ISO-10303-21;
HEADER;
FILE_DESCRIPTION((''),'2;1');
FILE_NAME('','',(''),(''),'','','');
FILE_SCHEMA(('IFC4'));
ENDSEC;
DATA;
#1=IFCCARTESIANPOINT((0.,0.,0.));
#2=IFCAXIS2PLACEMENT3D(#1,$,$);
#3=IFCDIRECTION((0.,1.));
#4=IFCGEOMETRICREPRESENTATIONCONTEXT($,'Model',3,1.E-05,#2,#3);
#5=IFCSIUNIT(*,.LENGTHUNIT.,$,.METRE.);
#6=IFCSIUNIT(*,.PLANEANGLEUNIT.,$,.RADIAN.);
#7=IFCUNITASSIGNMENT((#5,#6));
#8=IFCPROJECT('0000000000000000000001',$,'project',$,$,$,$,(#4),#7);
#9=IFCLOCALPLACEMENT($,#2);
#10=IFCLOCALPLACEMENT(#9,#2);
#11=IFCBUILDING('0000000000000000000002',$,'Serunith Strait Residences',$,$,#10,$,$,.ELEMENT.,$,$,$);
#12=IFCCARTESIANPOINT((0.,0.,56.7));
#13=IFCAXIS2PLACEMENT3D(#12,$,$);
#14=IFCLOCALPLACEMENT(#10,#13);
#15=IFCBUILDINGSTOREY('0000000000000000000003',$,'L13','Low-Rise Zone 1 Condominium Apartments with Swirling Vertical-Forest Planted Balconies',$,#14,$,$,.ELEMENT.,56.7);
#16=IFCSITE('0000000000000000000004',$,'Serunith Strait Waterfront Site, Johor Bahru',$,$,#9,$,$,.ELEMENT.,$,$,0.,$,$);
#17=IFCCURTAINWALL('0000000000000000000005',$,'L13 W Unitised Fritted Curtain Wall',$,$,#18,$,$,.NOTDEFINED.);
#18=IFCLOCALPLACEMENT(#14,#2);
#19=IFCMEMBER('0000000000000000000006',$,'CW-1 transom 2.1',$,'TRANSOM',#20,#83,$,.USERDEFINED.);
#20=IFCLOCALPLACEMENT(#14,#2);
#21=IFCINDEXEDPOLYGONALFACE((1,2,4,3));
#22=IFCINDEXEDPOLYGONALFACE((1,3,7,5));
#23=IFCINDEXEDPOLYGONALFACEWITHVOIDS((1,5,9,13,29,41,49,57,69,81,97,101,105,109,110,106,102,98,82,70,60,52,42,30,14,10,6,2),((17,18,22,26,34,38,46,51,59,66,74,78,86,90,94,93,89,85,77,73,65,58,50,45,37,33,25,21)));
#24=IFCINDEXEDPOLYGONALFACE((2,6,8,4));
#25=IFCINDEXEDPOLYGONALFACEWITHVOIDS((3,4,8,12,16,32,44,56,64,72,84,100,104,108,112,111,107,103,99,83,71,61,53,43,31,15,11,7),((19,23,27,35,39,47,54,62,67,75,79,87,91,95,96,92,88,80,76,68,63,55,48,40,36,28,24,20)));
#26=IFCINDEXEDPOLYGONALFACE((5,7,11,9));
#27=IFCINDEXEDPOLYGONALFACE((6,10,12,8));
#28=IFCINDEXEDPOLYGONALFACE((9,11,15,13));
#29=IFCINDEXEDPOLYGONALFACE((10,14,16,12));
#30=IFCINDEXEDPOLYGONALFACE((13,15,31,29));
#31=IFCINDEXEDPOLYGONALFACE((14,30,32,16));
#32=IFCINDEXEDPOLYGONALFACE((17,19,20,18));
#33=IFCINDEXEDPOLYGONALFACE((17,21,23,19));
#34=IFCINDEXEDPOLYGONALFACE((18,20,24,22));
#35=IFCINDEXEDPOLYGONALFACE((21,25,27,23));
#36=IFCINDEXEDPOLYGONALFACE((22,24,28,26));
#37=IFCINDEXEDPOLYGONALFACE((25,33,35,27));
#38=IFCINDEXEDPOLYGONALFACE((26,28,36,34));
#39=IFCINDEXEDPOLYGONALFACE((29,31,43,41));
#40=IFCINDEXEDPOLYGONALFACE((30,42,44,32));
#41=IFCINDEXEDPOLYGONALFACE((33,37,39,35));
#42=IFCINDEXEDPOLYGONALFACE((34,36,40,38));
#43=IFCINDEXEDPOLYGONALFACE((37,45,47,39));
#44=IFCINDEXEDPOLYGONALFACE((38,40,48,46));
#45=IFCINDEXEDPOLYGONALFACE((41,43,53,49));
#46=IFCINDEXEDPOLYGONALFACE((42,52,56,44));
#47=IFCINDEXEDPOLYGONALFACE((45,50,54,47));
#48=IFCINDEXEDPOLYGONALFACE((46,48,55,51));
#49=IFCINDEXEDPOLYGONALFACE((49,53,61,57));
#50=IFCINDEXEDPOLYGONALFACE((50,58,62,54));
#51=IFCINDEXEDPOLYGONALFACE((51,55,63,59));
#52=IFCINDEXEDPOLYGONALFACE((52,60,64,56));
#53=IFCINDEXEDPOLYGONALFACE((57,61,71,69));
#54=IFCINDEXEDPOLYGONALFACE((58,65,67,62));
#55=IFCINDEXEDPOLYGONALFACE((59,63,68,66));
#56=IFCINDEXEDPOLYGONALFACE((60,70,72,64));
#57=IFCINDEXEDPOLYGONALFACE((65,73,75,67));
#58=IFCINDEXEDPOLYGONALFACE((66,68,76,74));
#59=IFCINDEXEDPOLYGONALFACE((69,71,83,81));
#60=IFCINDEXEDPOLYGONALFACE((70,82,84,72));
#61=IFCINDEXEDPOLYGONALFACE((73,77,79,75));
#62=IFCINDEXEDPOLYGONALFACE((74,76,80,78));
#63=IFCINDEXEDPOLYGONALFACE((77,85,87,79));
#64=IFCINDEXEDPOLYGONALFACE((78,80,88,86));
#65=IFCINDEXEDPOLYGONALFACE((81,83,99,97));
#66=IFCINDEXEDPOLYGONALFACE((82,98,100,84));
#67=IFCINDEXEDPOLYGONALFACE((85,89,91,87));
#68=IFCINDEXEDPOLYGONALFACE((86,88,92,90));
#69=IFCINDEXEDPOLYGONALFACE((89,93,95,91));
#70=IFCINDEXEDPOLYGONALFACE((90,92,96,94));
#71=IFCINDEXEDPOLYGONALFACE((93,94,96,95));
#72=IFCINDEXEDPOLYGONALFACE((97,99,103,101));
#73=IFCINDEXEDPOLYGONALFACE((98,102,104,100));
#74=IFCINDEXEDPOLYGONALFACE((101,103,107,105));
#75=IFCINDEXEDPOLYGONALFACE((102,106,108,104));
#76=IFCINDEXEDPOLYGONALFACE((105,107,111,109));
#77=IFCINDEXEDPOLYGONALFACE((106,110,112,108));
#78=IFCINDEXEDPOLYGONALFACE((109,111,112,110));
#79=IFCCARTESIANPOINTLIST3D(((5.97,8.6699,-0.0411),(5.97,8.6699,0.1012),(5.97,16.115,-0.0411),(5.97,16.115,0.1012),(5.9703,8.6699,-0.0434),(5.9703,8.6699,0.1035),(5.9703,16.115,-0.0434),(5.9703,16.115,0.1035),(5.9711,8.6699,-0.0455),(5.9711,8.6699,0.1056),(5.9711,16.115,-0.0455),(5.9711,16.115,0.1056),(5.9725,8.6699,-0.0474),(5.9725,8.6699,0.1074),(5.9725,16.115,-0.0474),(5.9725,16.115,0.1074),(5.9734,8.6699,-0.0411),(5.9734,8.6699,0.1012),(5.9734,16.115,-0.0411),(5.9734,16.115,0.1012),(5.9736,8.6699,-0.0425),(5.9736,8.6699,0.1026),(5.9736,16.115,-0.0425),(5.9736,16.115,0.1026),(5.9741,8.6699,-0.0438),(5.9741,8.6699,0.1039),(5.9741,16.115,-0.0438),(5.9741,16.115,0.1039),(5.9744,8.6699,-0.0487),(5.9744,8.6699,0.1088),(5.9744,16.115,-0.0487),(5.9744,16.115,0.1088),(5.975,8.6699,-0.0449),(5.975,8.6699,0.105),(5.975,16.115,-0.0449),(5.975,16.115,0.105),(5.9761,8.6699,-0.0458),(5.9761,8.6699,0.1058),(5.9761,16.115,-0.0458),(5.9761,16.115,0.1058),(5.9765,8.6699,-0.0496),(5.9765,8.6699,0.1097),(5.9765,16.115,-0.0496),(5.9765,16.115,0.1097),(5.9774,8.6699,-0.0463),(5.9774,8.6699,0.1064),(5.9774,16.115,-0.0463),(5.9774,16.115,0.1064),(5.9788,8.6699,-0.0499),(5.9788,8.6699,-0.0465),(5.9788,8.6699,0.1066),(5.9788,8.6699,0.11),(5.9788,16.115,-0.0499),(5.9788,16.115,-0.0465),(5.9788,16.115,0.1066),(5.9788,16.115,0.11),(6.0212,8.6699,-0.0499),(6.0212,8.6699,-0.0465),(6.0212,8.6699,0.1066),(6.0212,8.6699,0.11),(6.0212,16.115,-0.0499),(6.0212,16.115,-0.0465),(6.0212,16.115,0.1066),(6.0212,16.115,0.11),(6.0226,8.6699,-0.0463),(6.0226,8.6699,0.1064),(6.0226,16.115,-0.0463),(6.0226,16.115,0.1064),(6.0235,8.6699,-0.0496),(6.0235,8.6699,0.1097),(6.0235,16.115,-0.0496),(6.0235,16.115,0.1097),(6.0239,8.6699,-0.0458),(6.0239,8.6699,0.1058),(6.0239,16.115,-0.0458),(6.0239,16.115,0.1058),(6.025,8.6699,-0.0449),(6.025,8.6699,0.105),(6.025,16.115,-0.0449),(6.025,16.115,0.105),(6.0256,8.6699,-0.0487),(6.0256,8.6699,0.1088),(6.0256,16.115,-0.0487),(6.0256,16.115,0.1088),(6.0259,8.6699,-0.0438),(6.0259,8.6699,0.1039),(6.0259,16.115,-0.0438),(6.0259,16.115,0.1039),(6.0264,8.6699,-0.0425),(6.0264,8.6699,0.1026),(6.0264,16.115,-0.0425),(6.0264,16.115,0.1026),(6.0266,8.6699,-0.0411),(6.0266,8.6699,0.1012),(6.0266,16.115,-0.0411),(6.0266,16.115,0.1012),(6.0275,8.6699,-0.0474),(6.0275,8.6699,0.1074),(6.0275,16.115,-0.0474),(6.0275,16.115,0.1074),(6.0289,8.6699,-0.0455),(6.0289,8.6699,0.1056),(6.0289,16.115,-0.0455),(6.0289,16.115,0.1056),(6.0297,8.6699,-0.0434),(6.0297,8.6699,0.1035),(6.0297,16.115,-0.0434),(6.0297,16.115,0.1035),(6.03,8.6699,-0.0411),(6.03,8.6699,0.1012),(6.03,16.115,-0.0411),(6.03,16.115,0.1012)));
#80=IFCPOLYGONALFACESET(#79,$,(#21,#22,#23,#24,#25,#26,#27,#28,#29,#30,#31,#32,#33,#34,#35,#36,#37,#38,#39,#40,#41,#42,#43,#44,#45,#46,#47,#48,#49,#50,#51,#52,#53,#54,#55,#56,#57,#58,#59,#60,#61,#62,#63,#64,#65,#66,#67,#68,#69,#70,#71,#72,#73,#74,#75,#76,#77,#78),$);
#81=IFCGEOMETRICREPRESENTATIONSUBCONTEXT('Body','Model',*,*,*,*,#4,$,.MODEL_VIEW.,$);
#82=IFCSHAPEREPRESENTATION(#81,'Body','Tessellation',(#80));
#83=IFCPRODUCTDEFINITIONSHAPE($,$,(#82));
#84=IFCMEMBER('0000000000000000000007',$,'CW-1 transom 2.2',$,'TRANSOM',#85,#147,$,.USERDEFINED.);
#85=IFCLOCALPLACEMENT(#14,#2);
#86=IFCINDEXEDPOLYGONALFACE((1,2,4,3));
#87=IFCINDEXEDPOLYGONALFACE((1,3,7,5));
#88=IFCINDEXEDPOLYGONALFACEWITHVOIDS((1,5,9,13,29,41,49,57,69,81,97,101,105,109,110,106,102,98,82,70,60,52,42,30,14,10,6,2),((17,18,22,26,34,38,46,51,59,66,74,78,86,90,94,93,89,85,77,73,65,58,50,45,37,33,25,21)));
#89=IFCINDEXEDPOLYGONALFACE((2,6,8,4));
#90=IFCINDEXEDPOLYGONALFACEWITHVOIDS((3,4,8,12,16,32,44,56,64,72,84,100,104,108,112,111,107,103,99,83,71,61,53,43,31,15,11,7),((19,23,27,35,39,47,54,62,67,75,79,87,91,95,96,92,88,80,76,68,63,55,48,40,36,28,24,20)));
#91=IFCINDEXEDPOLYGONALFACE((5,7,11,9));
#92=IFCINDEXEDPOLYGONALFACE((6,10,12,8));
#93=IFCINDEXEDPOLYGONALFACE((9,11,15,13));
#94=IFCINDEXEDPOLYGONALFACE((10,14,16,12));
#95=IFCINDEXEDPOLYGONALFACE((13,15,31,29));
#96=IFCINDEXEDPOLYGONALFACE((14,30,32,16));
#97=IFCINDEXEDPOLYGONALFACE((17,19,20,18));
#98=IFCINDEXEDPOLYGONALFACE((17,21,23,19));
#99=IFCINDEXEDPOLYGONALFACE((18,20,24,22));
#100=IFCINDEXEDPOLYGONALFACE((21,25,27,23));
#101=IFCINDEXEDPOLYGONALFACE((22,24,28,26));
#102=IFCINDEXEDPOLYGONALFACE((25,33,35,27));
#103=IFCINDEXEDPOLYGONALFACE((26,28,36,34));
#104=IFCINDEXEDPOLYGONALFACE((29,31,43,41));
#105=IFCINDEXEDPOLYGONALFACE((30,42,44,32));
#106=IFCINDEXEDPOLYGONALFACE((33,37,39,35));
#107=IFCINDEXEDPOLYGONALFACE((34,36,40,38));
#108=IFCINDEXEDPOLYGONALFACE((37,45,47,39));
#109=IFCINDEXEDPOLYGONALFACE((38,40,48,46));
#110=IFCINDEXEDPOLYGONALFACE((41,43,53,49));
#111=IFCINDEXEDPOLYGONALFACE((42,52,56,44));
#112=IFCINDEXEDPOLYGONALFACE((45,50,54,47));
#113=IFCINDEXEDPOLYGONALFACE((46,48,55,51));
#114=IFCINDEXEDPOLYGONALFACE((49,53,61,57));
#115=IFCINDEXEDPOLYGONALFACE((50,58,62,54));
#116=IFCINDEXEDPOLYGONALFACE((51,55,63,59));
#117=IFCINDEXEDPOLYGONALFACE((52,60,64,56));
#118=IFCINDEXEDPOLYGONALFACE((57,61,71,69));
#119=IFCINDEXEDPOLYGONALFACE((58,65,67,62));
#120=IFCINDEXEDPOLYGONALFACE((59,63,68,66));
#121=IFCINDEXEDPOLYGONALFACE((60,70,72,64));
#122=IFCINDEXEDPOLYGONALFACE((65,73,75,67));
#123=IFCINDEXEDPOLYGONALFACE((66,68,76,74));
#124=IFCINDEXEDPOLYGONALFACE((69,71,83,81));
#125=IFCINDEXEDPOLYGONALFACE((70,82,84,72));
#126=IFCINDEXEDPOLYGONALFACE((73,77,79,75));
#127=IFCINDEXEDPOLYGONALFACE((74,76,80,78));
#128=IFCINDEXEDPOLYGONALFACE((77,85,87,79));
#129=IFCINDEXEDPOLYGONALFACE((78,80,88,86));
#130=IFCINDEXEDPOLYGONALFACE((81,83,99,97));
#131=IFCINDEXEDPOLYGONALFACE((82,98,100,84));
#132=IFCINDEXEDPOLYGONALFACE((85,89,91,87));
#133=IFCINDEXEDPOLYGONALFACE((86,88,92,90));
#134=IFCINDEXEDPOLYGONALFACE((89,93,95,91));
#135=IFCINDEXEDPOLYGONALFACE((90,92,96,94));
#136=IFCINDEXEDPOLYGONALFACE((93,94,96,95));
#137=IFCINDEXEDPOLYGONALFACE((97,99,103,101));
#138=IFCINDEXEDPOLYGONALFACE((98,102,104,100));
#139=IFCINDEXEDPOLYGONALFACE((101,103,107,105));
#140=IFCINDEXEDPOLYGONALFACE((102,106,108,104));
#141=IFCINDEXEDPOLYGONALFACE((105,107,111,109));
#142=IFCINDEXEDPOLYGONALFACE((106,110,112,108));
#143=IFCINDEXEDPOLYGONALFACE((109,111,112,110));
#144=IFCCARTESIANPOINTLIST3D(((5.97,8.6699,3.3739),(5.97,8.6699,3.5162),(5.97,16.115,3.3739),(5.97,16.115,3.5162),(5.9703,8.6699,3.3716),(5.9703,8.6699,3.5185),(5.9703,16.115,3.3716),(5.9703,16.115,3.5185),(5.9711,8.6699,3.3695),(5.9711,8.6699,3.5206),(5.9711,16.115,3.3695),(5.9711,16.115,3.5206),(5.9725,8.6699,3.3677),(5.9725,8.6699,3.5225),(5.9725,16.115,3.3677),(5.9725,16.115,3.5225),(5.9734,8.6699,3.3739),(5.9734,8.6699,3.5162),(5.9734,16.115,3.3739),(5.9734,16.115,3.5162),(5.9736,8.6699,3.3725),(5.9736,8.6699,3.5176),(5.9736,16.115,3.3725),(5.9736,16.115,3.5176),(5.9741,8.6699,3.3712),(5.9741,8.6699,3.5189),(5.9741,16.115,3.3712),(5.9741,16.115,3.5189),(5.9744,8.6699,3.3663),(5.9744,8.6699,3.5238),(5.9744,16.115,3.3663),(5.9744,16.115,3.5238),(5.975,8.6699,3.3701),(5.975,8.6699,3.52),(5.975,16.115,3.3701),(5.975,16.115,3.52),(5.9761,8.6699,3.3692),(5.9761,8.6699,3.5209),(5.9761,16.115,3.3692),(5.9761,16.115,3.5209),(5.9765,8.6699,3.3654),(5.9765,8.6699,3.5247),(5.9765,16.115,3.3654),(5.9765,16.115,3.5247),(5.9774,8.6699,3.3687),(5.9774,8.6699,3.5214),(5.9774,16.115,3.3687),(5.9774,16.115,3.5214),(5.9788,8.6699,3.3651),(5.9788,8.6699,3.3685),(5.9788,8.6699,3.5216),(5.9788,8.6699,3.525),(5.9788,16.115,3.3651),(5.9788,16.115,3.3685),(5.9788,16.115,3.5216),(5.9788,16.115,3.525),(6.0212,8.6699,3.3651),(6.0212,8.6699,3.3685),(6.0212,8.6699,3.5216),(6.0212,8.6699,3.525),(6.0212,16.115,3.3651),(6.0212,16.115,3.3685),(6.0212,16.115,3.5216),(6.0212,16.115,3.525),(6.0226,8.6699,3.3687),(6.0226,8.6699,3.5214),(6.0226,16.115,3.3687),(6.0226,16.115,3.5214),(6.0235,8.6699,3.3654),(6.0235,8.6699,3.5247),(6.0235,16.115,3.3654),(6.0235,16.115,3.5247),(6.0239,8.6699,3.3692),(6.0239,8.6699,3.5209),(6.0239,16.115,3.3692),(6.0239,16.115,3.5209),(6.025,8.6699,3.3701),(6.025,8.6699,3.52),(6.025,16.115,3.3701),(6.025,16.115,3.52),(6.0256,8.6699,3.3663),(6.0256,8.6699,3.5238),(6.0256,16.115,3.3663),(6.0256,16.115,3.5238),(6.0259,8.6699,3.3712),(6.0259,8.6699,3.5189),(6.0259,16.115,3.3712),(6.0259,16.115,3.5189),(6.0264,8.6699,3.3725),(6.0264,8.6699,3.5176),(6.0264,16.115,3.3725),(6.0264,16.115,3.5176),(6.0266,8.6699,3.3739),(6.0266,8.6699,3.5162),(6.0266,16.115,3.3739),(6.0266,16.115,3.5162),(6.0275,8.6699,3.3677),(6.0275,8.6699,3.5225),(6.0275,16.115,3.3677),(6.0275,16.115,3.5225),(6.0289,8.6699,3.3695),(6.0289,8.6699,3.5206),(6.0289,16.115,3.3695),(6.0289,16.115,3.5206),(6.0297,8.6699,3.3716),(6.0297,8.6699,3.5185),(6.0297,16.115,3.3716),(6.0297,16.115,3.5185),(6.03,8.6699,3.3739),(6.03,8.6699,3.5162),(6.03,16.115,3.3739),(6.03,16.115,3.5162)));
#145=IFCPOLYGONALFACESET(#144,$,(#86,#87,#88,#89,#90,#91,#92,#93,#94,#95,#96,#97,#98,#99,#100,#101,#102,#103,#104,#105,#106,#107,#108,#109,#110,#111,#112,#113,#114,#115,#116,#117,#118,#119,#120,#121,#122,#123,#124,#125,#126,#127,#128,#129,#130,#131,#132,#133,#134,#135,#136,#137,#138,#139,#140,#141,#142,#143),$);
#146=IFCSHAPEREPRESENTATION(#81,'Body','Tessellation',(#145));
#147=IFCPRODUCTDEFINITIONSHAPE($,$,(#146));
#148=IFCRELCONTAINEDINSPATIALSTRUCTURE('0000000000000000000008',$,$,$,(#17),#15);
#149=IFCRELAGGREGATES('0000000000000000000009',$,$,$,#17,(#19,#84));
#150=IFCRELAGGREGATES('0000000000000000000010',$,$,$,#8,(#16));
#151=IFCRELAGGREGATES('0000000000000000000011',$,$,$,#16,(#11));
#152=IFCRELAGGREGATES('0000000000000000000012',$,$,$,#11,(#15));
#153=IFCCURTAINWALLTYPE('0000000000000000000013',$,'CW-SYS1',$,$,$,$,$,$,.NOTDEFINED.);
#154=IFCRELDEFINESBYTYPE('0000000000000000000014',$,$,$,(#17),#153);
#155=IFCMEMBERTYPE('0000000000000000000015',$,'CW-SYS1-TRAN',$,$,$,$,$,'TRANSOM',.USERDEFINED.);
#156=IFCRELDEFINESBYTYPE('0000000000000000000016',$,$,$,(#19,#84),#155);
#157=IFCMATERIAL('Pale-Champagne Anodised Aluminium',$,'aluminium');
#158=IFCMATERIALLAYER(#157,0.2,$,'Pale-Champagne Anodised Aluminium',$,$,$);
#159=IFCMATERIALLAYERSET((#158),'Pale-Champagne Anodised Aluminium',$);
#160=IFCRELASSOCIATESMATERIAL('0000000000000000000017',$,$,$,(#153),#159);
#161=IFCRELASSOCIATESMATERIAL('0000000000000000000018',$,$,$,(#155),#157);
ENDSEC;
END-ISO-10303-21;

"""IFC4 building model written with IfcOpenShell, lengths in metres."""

from ifc_helpers import new_model, si_unit, direction, frame, origin, origin_2d, place, context, subcontext, project, spatial, hollow_rectangle, extrude, source, transform, mapped, material, layer, layer_set, material_profile, profile_set, type_object, element, aggregate, save


model = new_model("IFC4")

# Units and contexts
model_context = context("Model", 3, precision=1e-05, world=origin(), true_north=direction((0.0, 1.0)))
body_context = subcontext(model_context, "Body", "Model", "MODEL_VIEW")
ifc_project = project(units=[si_unit("LENGTHUNIT", "METRE"), si_unit("PLANEANGLEUNIT", "RADIAN")], contexts=[model_context])

# Site, building, storey
site_placement = place(None, origin())
site = spatial("IfcSite", under=ifc_project, at=site_placement, Name="Serunith Strait Waterfront Site, Johor Bahru", CompositionType="ELEMENT", RefElevation=0.0)
building_placement = place(site_placement, origin())
building = spatial("IfcBuilding", under=site, at=building_placement, Name="Serunith Strait Residences", CompositionType="ELEMENT")
storey_placement = place(building_placement, frame((0.0, 0.0, 56.7)))
storey = spatial("IfcBuildingStorey", under=building, at=storey_placement, Name="L13", Description="Low-Rise Zone 1 Condominium Apartments with Swirling Vertical-Forest Planted Balconies", CompositionType="ELEMENT", Elevation=56.7)

# Curtain wall, members
ifc_material_1 = material(Name="Pale-Champagne Anodised Aluminium", Category="aluminium")
ifc_layer_1 = layer(ifc_material_1, 0.2, Name="Pale-Champagne Anodised Aluminium")
ifc_layer_set_1 = layer_set([ifc_layer_1], Name="Pale-Champagne Anodised Aluminium")
curtain_wall_type = type_object("IfcCurtainWallType", Name="CW-SYS1", PredefinedType="NOTDEFINED", material=ifc_layer_set_1)
curtain_wall_placement = place(storey_placement, origin())
curtain_wall = element("IfcCurtainWall", 1, at=curtain_wall_placement, inside=storey, type_object=curtain_wall_type, Name="L13 W Unitised Fritted Curtain Wall", PredefinedType="NOTDEFINED")
ifc_material_profile_1 = material_profile(ifc_material_1, hollow_rectangle(XDim=0.0601, YDim=0.1599, WallThickness=0.0034, InnerFilletRadius=0.0054, OuterFilletRadius=0.0088, at=origin_2d()), Name="ALU 160x60x3.5")
ifc_profile_set_1 = profile_set([ifc_material_profile_1], Name="Pale-Champagne Anodised Aluminium")
member_type_1 = type_object("IfcMemberType", Name="CW-SYS1-TRAN", ElementType="TRANSOM", PredefinedType="USERDEFINED", material=ifc_profile_set_1)
shared_shape_1 = source(origin(), body_context, "Body", "SweptSolid", [
    extrude(hollow_rectangle(XDim=0.0601, YDim=0.1599, WallThickness=0.0034, InnerFilletRadius=0.0054, OuterFilletRadius=0.0088, at=origin_2d()), origin(), (0.0, 0.0, 1.0), 7.4451),
])
member_1_placement = place(storey_placement, frame((6.0, 16.115, 0.03), z_axis=(0.0, -1.0, 0.0), x_axis=(1.0, 0.0, 0.0)))
member_1 = element("IfcMember", 2, at=member_1_placement, type_object=member_type_1, Name="CW-1 transom 2.1", ObjectType="TRANSOM", PredefinedType="USERDEFINED", context=body_context, shape_type="MappedRepresentation", body=[
    mapped(shared_shape_1, transform((0.0, 0.0, 0.0), scale=1.0)),
])
member_2_placement = place(storey_placement, frame((6.0, 16.115, 3.4451), z_axis=(0.0, -1.0, 0.0), x_axis=(1.0, 0.0, 0.0)))
member_2 = element("IfcMember", 3, at=member_2_placement, type_object=member_type_1, Name="CW-1 transom 2.2", ObjectType="TRANSOM", PredefinedType="USERDEFINED", context=body_context, shape_type="MappedRepresentation", body=[
    mapped(shared_shape_1, transform((0.0, 0.0, 0.0), scale=1.0)),
])
aggregate(curtain_wall, [member_1, member_2])

save(model, "model.ifc")
